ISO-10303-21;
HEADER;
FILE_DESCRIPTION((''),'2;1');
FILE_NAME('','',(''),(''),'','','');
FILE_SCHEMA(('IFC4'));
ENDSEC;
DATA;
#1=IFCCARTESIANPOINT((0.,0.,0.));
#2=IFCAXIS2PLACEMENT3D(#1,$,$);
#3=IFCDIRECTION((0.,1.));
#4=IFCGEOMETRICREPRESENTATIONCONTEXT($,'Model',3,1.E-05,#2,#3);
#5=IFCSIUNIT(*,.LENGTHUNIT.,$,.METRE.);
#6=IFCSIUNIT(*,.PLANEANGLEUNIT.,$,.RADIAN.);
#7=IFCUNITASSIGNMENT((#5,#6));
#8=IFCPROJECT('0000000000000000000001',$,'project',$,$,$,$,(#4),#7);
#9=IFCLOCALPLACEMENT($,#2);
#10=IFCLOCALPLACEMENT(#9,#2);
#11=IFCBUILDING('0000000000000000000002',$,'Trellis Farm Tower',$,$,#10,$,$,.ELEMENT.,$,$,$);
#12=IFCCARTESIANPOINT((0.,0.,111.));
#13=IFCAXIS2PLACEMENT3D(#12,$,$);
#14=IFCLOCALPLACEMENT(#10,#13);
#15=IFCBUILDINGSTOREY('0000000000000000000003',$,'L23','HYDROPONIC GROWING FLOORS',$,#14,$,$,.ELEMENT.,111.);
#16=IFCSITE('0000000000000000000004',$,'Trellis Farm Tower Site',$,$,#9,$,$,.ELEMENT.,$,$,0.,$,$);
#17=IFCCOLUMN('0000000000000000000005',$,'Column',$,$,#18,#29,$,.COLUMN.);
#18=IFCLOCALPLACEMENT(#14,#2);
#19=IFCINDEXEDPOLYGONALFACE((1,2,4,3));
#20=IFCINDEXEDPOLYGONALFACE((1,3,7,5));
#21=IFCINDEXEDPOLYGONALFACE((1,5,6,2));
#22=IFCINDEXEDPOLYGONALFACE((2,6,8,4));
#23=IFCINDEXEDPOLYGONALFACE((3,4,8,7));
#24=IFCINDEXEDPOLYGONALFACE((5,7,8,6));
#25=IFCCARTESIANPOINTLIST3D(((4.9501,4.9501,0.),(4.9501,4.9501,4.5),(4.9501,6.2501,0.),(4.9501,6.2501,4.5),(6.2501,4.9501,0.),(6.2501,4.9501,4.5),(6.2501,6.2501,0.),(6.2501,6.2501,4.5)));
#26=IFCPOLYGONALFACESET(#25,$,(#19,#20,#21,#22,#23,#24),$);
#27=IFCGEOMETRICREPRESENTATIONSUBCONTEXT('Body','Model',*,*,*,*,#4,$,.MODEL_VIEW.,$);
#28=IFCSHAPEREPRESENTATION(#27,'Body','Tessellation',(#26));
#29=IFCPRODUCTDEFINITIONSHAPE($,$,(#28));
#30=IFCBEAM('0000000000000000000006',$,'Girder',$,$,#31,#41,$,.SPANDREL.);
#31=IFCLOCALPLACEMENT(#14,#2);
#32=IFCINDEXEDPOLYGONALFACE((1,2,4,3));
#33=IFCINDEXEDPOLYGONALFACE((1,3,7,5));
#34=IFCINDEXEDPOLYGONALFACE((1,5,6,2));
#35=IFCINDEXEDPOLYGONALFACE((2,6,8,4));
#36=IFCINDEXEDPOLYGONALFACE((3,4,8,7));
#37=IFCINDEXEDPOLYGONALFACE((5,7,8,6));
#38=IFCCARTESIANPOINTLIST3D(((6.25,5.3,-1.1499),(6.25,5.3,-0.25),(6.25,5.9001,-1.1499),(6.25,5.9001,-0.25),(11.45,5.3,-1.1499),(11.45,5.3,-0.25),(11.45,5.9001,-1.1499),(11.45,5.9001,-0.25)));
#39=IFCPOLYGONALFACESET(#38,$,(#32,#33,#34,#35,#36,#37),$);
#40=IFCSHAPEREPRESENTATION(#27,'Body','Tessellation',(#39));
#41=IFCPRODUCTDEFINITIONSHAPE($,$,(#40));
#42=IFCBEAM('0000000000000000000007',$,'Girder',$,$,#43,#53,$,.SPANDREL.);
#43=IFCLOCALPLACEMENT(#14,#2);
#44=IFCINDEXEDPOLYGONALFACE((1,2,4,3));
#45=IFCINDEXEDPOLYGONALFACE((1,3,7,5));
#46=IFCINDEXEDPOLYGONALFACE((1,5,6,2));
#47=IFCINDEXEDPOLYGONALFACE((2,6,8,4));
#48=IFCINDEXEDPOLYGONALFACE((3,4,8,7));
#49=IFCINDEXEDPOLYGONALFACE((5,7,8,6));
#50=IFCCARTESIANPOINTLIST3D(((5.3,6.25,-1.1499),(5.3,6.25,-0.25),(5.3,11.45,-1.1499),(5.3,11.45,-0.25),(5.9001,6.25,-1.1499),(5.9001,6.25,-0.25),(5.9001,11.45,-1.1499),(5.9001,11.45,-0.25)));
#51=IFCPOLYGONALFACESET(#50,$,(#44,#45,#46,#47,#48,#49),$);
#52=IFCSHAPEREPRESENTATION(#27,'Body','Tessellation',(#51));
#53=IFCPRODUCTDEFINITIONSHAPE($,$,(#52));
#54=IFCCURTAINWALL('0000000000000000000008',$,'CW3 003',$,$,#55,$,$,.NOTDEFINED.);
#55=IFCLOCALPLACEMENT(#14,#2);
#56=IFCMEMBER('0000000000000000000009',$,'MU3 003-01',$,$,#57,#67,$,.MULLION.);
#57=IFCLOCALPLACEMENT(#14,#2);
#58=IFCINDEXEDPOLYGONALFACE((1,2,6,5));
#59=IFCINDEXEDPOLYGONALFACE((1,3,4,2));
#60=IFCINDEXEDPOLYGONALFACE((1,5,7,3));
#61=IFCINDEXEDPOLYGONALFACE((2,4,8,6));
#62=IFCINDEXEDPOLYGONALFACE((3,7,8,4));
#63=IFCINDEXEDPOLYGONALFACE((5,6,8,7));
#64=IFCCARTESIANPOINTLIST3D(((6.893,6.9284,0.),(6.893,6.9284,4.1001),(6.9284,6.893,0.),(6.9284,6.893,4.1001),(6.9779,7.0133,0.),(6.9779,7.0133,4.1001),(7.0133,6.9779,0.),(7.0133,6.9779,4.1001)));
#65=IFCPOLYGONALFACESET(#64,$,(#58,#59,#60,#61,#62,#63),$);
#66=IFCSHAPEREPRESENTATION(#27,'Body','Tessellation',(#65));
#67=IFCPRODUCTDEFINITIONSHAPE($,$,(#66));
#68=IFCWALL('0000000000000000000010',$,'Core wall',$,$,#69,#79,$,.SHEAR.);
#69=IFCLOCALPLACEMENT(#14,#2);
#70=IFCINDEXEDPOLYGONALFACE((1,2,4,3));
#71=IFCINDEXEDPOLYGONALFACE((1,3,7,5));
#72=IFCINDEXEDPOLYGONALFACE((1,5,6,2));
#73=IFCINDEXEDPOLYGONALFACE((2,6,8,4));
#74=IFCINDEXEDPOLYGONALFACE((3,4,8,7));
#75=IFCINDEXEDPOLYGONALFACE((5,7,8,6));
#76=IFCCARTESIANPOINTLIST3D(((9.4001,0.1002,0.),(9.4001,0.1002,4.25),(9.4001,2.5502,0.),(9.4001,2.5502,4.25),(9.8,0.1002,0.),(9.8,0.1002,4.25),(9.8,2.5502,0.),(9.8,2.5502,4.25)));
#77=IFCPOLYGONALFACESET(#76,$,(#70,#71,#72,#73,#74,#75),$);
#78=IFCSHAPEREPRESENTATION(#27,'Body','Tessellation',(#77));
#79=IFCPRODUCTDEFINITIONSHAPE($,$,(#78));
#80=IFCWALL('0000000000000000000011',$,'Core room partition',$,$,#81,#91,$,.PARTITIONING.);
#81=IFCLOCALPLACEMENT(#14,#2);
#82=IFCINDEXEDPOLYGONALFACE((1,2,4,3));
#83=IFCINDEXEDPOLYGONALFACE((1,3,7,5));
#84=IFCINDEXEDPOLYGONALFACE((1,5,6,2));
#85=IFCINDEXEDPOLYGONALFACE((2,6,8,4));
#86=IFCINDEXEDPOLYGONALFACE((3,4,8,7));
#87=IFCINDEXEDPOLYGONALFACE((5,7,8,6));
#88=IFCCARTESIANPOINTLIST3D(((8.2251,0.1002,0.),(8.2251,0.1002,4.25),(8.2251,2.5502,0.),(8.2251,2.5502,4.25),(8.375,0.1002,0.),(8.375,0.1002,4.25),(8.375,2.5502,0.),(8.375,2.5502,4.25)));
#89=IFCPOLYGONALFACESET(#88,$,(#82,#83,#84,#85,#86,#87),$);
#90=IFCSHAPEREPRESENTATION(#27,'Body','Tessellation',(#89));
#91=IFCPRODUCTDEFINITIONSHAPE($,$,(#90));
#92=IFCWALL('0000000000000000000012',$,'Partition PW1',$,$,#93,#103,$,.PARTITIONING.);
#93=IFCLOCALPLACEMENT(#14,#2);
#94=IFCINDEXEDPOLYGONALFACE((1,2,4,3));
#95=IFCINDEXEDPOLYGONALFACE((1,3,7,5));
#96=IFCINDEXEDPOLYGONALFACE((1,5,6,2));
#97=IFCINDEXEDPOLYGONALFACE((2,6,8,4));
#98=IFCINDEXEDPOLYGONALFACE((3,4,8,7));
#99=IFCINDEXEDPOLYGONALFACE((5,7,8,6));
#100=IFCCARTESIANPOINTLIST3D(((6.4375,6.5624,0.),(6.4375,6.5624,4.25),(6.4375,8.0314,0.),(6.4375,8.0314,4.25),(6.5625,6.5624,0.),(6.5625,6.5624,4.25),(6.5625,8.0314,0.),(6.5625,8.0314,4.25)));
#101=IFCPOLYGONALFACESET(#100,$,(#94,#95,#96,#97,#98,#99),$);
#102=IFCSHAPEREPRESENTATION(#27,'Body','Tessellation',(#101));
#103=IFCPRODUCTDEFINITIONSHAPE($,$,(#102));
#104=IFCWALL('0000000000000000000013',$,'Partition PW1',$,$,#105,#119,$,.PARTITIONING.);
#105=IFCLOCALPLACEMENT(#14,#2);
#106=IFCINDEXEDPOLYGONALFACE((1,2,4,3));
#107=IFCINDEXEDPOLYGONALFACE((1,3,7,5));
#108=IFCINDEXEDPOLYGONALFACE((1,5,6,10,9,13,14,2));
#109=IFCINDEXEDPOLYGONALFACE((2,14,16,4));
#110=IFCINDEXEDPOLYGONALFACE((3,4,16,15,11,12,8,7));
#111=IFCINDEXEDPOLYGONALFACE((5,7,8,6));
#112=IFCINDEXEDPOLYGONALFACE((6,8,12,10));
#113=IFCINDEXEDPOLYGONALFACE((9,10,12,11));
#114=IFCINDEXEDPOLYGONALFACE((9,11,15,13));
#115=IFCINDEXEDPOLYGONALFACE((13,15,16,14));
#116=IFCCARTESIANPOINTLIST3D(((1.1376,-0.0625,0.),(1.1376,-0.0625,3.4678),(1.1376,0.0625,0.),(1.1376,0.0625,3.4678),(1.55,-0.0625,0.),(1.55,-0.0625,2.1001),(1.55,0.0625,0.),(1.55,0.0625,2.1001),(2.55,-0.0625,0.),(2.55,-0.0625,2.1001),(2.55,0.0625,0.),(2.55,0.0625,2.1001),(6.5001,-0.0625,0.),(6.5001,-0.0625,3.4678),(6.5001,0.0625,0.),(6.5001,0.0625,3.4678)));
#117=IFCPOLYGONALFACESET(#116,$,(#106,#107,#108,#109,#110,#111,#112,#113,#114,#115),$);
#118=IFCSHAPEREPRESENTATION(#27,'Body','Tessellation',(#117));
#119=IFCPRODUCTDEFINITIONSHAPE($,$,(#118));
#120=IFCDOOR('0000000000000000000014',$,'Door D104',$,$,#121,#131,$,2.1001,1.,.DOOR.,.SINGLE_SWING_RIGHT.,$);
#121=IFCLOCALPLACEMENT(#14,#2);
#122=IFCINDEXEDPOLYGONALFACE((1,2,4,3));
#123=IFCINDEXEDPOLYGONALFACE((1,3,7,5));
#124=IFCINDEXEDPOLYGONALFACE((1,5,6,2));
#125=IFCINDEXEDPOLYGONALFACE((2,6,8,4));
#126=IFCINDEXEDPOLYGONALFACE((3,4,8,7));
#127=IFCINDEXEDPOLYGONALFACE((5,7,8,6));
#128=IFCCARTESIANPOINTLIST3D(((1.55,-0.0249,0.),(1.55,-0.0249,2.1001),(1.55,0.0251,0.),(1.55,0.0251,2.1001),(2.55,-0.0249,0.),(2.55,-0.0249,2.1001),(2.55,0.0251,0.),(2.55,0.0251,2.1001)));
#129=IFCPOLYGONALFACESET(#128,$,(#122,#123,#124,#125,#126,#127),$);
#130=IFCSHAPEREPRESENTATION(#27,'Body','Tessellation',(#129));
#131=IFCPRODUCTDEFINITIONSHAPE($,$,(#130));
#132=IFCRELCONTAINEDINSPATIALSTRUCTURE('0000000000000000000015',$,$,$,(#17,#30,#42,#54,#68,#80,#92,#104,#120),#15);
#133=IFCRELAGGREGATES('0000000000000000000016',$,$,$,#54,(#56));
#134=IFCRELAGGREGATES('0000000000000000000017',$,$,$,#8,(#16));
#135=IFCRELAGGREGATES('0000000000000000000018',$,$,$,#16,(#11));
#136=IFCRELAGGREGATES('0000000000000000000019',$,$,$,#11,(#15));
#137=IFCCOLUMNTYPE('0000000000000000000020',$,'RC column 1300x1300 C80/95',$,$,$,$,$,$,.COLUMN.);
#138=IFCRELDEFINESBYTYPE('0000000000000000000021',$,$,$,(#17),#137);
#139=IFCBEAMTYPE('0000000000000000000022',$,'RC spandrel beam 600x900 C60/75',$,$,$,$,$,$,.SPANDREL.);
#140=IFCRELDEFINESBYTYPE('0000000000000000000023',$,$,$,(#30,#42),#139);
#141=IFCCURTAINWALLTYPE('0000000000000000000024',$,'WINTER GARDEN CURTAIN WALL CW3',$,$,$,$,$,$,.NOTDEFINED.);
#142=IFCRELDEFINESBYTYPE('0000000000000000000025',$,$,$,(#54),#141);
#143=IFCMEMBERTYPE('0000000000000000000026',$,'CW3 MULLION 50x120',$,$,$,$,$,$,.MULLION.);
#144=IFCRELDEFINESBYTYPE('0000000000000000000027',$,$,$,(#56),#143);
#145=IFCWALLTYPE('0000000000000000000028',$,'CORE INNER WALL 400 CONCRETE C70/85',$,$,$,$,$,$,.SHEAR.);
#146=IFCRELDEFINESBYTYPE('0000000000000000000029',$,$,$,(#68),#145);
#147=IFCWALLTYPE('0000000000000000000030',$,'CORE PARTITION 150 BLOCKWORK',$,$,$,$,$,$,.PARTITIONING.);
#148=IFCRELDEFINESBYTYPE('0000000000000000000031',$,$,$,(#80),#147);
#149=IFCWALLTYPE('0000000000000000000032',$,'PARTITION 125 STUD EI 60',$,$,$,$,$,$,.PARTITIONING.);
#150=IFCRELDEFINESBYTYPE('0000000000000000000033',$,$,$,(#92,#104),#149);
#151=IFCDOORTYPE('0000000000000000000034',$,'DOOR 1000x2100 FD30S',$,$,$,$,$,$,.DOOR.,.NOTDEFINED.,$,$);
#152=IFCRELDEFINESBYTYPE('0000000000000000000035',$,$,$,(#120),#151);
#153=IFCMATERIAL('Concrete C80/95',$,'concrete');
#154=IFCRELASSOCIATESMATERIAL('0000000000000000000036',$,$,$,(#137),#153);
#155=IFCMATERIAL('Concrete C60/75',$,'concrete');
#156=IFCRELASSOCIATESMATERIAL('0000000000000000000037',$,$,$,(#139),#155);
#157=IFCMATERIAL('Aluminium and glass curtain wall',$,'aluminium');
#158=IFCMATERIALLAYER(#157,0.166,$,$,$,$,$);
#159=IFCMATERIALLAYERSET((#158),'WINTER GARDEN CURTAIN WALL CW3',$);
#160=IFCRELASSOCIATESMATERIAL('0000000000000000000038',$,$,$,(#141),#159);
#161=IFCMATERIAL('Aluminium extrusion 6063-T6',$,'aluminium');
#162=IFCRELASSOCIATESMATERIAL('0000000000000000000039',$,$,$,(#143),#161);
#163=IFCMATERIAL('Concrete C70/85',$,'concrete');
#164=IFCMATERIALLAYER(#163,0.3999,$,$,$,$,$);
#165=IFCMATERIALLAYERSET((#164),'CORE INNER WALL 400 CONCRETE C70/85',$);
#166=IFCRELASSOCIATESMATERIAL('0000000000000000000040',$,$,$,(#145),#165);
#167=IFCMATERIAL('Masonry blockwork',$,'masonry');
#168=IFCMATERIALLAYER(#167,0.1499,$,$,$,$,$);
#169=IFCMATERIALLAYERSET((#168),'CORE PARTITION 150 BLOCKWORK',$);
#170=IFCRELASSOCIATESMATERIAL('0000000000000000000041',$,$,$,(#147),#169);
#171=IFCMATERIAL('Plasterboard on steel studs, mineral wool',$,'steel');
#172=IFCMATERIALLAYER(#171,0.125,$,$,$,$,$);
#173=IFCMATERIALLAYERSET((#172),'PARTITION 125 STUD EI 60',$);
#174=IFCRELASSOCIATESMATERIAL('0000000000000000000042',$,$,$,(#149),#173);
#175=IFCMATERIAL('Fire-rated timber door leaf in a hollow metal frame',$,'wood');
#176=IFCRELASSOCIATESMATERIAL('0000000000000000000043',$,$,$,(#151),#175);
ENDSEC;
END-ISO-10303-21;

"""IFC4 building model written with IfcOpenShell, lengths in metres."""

from ifc_helpers import new_model, si_unit, direction, frame, frame_2d, origin, origin_2d, place, context, subcontext, project, spatial, rectangle, extrude, source, transform, mapped, material, layer, layer_set, material_profile, profile_set, type_object, element, fill, aggregate, save


model = new_model("IFC4")

# Units and contexts
model_context = context("Model", 3, precision=1e-05, world=origin(), true_north=direction((0.0, 1.0)))
body_context = subcontext(model_context, "Body", "Model", "MODEL_VIEW")
ifc_project = project(units=[si_unit("LENGTHUNIT", "METRE"), si_unit("PLANEANGLEUNIT", "RADIAN")], contexts=[model_context])

# Site, building, storey
site_placement = place(None, origin())
site = spatial("IfcSite", under=ifc_project, at=site_placement, Name="Trellis Farm Tower Site", CompositionType="ELEMENT", RefElevation=0.0)
building_placement = place(site_placement, origin())
building = spatial("IfcBuilding", under=site, at=building_placement, Name="Trellis Farm Tower", CompositionType="ELEMENT")
storey_placement = place(building_placement, frame((0.0, 0.0, 111.0)))
storey = spatial("IfcBuildingStorey", under=building, at=storey_placement, Name="L23", Description="HYDROPONIC GROWING FLOORS", CompositionType="ELEMENT", Elevation=111.0)

# Column
ifc_material_1 = material(Name="Concrete C80/95", Category="concrete")
ifc_material_profile_1 = material_profile(ifc_material_1, rectangle(XDim=1.3, YDim=1.3, at=origin_2d()), Name="RC column 1300x1300 C80/95")
ifc_profile_set_1 = profile_set([ifc_material_profile_1], Name="Concrete C80/95")
column_type = type_object("IfcColumnType", Name="RC column 1300x1300 C80/95", PredefinedType="COLUMN", material=ifc_profile_set_1)
shared_shape_1 = source(origin(), body_context, "Body", "SweptSolid", [
    extrude(rectangle(XDim=1.3, YDim=1.3, at=origin_2d()), origin(), (0.0, 0.0, 1.0), 4.5),
])
column_placement = place(storey_placement, frame((5.6001, 5.6001, 0.0), z_axis=(0.0, 0.0, 1.0), x_axis=(1.0, 0.0, 0.0)))
element("IfcColumn", 1, at=column_placement, inside=storey, type_object=column_type, Name="Column", PredefinedType="COLUMN", context=body_context, shape_type="MappedRepresentation", body=[
    mapped(shared_shape_1, transform((0.0, 0.0, 0.0))),
])

# Beams
ifc_material_2 = material(Name="Concrete C60/75", Category="concrete")
ifc_material_profile_2 = material_profile(ifc_material_2, rectangle(XDim=0.6001, YDim=0.8999, at=origin_2d()), Name="RC spandrel beam 600x900 C60/75")
ifc_profile_set_2 = profile_set([ifc_material_profile_2], Name="Concrete C60/75")
beam_type = type_object("IfcBeamType", Name="RC spandrel beam 600x900 C60/75", PredefinedType="SPANDREL", material=ifc_profile_set_2)
shared_shape_2 = source(origin(), body_context, "Body", "SweptSolid", [
    extrude(rectangle(XDim=0.6001, YDim=0.8999, at=origin_2d()), origin(), (0.0, 0.0, 1.0), 5.2),
])
for number, where, z_axis, x_axis, name in (
    (2, (6.25, 5.6001, -0.7), (1.0, 0.0, 0.0), (0.0, 1.0, 0.0), "Girder"),
    (3, (5.6001, 6.25, -0.7), (0.0, 1.0, 0.0), (-1.0, 0.0, 0.0), "Girder"),
):
    element("IfcBeam", number, at=place(storey_placement, frame(where, z_axis=z_axis, x_axis=x_axis)), inside=storey, type_object=beam_type, Name=name, PredefinedType="SPANDREL", context=body_context, shape_type="MappedRepresentation", body=[
        mapped(shared_shape_2, transform((0.0, 0.0, 0.0))),
    ])

# Curtain wall, member
ifc_material_3 = material(Name="Aluminium and glass curtain wall", Category="aluminium")
ifc_layer_1 = layer(ifc_material_3, 0.166)
ifc_layer_set_1 = layer_set([ifc_layer_1], Name="WINTER GARDEN CURTAIN WALL CW3")
curtain_wall_type = type_object("IfcCurtainWallType", Name="WINTER GARDEN CURTAIN WALL CW3", PredefinedType="NOTDEFINED", material=ifc_layer_set_1)
curtain_wall_placement = place(storey_placement, origin())
curtain_wall = element("IfcCurtainWall", 4, at=curtain_wall_placement, inside=storey, type_object=curtain_wall_type, Name="CW3 003", PredefinedType="NOTDEFINED")
ifc_material_4 = material(Name="Aluminium extrusion 6063-T6", Category="aluminium")
ifc_material_profile_3 = material_profile(ifc_material_4, rectangle(XDim=0.05, YDim=0.1201, at=origin_2d()), Name="MULLION 50x120")
ifc_profile_set_3 = profile_set([ifc_material_profile_3], Name="Aluminium extrusion 6063-T6")
member_type = type_object("IfcMemberType", Name="CW3 MULLION 50x120", PredefinedType="MULLION", material=ifc_profile_set_3)
shared_shape_3 = source(origin(), body_context, "Body", "SweptSolid", [
    extrude(rectangle(XDim=0.05, YDim=0.1201, at=origin_2d()), origin(), (0.0, 0.0, 1.0), 4.1001),
])
member_placement = place(storey_placement, frame((6.9531, 6.9531, 0.0), z_axis=(0.0, 0.0, 1.0), x_axis=(-0.707107, 0.707107, 0.0)))
member = element("IfcMember", 5, at=member_placement, type_object=member_type, Name="MU3 003-01", PredefinedType="MULLION", context=body_context, shape_type="MappedRepresentation", body=[
    mapped(shared_shape_3, transform((0.0, 0.0, 0.0))),
])
aggregate(curtain_wall, [member])

# Wall
ifc_material_5 = material(Name="Concrete C70/85", Category="concrete")
ifc_layer_2 = layer(ifc_material_5, 0.3999)
ifc_layer_set_2 = layer_set([ifc_layer_2], Name="CORE INNER WALL 400 CONCRETE C70/85")
wall_type_1 = type_object("IfcWallType", Name="CORE INNER WALL 400 CONCRETE C70/85", PredefinedType="SHEAR", material=ifc_layer_set_2)
shared_shape_4 = source(origin(), body_context, "Body", "SweptSolid", [
    extrude(rectangle(XDim=2.45, YDim=0.3999, at=frame_2d((1.2251, 0.0))), origin(), (0.0, 0.0, 1.0), 4.25),
])
wall_1_placement = place(storey_placement, frame((9.6001, 0.1001, 0.0), z_axis=(0.0, 0.0, 1.0), x_axis=(0.0, 1.0, 0.0)))
element("IfcWall", 6, at=wall_1_placement, inside=storey, type_object=wall_type_1, Name="Core wall", PredefinedType="SHEAR", context=body_context, shape_type="MappedRepresentation", body=[
    mapped(shared_shape_4, transform((0.0, 0.0, 0.0))),
])

# Walls
ifc_material_6 = material(Name="Masonry blockwork", Category="masonry")
ifc_layer_3 = layer(ifc_material_6, 0.1499)
ifc_layer_set_3 = layer_set([ifc_layer_3], Name="CORE PARTITION 150 BLOCKWORK")
wall_type_2 = type_object("IfcWallType", Name="CORE PARTITION 150 BLOCKWORK", PredefinedType="PARTITIONING", material=ifc_layer_set_3)
shared_shape_5 = source(origin(), body_context, "Body", "SweptSolid", [
    extrude(rectangle(XDim=2.45, YDim=0.1499, at=frame_2d((1.2251, 0.0))), origin(), (0.0, 0.0, 1.0), 4.25),
])
wall_2_placement = place(storey_placement, frame((8.3, 0.1001, 0.0), z_axis=(0.0, 0.0, 1.0), x_axis=(0.0, 1.0, 0.0)))
element("IfcWall", 7, at=wall_2_placement, inside=storey, type_object=wall_type_2, Name="Core room partition", PredefinedType="PARTITIONING", context=body_context, shape_type="MappedRepresentation", body=[
    mapped(shared_shape_5, transform((0.0, 0.0, 0.0))),
])
ifc_material_7 = material(Name="Plasterboard on steel studs, mineral wool", Category="steel")
ifc_layer_4 = layer(ifc_material_7, 0.125)
ifc_layer_set_4 = layer_set([ifc_layer_4], Name="PARTITION 125 STUD EI 60")
wall_type_3 = type_object("IfcWallType", Name="PARTITION 125 STUD EI 60", PredefinedType="PARTITIONING", material=ifc_layer_set_4)
shared_shape_6 = source(origin(), body_context, "Body", "SweptSolid", [
    extrude(rectangle(XDim=1.469, YDim=0.125, at=frame_2d((0.7344, 0.0))), origin(), (0.0, 0.0, 1.0), 4.25),
])
wall_3_placement = place(storey_placement, frame((6.5, 6.5625, 0.0), z_axis=(0.0, 0.0, 1.0), x_axis=(0.0, 1.0, 0.0)))
element("IfcWall", 8, at=wall_3_placement, inside=storey, type_object=wall_type_3, Name="Partition PW1", PredefinedType="PARTITIONING", context=body_context, shape_type="MappedRepresentation", body=[
    mapped(shared_shape_6, transform((0.0, 0.0, 0.0))),
])

# Wall, opening, door
shared_shape_7 = source(origin(), body_context, "Body", "SweptSolid", [
    extrude(rectangle(XDim=5.3625, YDim=0.125, at=frame_2d((2.6812, 0.0))), origin(), (0.0, 0.0, 1.0), 3.4678),
])
wall_4_placement = place(storey_placement, frame((6.5, 0.0, 0.0), z_axis=(0.0, 0.0, 1.0), x_axis=(-1.0, 0.0, 0.0)))
wall_4 = element("IfcWall", 9, at=wall_4_placement, inside=storey, type_object=wall_type_3, Name="Partition PW1", PredefinedType="PARTITIONING", context=body_context, shape_type="MappedRepresentation", body=[
    mapped(shared_shape_7, transform((0.0, 0.0, 0.0))),
])
shared_shape_8 = source(origin(), body_context, "Body", "SweptSolid", [
    extrude(rectangle(XDim=1.0, YDim=2.1001, at=frame_2d((0.5, 1.05))), frame((0.0, 0.0725, 0.0), z_axis=(0.0, -1.0, 0.0), x_axis=(1.0, 0.0, 0.0)), (0.0, 0.0, 1.0), 0.145),
])
opening_1_placement = place(wall_4_placement, frame((3.95, 0.0, 0.0)))
opening_1 = element("IfcOpeningElement", 10, at=opening_1_placement, cuts=wall_4, PredefinedType="OPENING", context=body_context, shape_type="MappedRepresentation", body=[
    mapped(shared_shape_8, transform((0.0, 0.0, 0.0))),
])
ifc_material_8 = material(Name="Fire-rated timber door leaf in a hollow metal frame", Category="wood")
door_type_1 = type_object("IfcDoorType", Name="DOOR 1000x2100 FD30S", OperationType="NOTDEFINED", PredefinedType="DOOR", material=ifc_material_8)
shared_shape_9 = source(origin(), body_context, "Body", "SweptSolid", [
    extrude(rectangle(XDim=1.0, YDim=2.1001, at=frame_2d((0.5, 1.05))), frame((0.0, 0.0249, 0.0), z_axis=(0.0, -1.0, 0.0), x_axis=(1.0, 0.0, 0.0)), (0.0, 0.0, 1.0), 0.05),
])
door_1_placement = place(opening_1_placement, origin())
door_1 = element("IfcDoor", 11, at=door_1_placement, inside=storey, type_object=door_type_1, Name="Door D104", OperationType="SINGLE_SWING_RIGHT", OverallHeight=2.1001, OverallWidth=1.0, PredefinedType="DOOR", context=body_context, shape_type="MappedRepresentation", body=[
    mapped(shared_shape_9, transform((0.0, 0.0, 0.0))),
])
fill(opening_1, door_1)

save(model, "model.ifc")
